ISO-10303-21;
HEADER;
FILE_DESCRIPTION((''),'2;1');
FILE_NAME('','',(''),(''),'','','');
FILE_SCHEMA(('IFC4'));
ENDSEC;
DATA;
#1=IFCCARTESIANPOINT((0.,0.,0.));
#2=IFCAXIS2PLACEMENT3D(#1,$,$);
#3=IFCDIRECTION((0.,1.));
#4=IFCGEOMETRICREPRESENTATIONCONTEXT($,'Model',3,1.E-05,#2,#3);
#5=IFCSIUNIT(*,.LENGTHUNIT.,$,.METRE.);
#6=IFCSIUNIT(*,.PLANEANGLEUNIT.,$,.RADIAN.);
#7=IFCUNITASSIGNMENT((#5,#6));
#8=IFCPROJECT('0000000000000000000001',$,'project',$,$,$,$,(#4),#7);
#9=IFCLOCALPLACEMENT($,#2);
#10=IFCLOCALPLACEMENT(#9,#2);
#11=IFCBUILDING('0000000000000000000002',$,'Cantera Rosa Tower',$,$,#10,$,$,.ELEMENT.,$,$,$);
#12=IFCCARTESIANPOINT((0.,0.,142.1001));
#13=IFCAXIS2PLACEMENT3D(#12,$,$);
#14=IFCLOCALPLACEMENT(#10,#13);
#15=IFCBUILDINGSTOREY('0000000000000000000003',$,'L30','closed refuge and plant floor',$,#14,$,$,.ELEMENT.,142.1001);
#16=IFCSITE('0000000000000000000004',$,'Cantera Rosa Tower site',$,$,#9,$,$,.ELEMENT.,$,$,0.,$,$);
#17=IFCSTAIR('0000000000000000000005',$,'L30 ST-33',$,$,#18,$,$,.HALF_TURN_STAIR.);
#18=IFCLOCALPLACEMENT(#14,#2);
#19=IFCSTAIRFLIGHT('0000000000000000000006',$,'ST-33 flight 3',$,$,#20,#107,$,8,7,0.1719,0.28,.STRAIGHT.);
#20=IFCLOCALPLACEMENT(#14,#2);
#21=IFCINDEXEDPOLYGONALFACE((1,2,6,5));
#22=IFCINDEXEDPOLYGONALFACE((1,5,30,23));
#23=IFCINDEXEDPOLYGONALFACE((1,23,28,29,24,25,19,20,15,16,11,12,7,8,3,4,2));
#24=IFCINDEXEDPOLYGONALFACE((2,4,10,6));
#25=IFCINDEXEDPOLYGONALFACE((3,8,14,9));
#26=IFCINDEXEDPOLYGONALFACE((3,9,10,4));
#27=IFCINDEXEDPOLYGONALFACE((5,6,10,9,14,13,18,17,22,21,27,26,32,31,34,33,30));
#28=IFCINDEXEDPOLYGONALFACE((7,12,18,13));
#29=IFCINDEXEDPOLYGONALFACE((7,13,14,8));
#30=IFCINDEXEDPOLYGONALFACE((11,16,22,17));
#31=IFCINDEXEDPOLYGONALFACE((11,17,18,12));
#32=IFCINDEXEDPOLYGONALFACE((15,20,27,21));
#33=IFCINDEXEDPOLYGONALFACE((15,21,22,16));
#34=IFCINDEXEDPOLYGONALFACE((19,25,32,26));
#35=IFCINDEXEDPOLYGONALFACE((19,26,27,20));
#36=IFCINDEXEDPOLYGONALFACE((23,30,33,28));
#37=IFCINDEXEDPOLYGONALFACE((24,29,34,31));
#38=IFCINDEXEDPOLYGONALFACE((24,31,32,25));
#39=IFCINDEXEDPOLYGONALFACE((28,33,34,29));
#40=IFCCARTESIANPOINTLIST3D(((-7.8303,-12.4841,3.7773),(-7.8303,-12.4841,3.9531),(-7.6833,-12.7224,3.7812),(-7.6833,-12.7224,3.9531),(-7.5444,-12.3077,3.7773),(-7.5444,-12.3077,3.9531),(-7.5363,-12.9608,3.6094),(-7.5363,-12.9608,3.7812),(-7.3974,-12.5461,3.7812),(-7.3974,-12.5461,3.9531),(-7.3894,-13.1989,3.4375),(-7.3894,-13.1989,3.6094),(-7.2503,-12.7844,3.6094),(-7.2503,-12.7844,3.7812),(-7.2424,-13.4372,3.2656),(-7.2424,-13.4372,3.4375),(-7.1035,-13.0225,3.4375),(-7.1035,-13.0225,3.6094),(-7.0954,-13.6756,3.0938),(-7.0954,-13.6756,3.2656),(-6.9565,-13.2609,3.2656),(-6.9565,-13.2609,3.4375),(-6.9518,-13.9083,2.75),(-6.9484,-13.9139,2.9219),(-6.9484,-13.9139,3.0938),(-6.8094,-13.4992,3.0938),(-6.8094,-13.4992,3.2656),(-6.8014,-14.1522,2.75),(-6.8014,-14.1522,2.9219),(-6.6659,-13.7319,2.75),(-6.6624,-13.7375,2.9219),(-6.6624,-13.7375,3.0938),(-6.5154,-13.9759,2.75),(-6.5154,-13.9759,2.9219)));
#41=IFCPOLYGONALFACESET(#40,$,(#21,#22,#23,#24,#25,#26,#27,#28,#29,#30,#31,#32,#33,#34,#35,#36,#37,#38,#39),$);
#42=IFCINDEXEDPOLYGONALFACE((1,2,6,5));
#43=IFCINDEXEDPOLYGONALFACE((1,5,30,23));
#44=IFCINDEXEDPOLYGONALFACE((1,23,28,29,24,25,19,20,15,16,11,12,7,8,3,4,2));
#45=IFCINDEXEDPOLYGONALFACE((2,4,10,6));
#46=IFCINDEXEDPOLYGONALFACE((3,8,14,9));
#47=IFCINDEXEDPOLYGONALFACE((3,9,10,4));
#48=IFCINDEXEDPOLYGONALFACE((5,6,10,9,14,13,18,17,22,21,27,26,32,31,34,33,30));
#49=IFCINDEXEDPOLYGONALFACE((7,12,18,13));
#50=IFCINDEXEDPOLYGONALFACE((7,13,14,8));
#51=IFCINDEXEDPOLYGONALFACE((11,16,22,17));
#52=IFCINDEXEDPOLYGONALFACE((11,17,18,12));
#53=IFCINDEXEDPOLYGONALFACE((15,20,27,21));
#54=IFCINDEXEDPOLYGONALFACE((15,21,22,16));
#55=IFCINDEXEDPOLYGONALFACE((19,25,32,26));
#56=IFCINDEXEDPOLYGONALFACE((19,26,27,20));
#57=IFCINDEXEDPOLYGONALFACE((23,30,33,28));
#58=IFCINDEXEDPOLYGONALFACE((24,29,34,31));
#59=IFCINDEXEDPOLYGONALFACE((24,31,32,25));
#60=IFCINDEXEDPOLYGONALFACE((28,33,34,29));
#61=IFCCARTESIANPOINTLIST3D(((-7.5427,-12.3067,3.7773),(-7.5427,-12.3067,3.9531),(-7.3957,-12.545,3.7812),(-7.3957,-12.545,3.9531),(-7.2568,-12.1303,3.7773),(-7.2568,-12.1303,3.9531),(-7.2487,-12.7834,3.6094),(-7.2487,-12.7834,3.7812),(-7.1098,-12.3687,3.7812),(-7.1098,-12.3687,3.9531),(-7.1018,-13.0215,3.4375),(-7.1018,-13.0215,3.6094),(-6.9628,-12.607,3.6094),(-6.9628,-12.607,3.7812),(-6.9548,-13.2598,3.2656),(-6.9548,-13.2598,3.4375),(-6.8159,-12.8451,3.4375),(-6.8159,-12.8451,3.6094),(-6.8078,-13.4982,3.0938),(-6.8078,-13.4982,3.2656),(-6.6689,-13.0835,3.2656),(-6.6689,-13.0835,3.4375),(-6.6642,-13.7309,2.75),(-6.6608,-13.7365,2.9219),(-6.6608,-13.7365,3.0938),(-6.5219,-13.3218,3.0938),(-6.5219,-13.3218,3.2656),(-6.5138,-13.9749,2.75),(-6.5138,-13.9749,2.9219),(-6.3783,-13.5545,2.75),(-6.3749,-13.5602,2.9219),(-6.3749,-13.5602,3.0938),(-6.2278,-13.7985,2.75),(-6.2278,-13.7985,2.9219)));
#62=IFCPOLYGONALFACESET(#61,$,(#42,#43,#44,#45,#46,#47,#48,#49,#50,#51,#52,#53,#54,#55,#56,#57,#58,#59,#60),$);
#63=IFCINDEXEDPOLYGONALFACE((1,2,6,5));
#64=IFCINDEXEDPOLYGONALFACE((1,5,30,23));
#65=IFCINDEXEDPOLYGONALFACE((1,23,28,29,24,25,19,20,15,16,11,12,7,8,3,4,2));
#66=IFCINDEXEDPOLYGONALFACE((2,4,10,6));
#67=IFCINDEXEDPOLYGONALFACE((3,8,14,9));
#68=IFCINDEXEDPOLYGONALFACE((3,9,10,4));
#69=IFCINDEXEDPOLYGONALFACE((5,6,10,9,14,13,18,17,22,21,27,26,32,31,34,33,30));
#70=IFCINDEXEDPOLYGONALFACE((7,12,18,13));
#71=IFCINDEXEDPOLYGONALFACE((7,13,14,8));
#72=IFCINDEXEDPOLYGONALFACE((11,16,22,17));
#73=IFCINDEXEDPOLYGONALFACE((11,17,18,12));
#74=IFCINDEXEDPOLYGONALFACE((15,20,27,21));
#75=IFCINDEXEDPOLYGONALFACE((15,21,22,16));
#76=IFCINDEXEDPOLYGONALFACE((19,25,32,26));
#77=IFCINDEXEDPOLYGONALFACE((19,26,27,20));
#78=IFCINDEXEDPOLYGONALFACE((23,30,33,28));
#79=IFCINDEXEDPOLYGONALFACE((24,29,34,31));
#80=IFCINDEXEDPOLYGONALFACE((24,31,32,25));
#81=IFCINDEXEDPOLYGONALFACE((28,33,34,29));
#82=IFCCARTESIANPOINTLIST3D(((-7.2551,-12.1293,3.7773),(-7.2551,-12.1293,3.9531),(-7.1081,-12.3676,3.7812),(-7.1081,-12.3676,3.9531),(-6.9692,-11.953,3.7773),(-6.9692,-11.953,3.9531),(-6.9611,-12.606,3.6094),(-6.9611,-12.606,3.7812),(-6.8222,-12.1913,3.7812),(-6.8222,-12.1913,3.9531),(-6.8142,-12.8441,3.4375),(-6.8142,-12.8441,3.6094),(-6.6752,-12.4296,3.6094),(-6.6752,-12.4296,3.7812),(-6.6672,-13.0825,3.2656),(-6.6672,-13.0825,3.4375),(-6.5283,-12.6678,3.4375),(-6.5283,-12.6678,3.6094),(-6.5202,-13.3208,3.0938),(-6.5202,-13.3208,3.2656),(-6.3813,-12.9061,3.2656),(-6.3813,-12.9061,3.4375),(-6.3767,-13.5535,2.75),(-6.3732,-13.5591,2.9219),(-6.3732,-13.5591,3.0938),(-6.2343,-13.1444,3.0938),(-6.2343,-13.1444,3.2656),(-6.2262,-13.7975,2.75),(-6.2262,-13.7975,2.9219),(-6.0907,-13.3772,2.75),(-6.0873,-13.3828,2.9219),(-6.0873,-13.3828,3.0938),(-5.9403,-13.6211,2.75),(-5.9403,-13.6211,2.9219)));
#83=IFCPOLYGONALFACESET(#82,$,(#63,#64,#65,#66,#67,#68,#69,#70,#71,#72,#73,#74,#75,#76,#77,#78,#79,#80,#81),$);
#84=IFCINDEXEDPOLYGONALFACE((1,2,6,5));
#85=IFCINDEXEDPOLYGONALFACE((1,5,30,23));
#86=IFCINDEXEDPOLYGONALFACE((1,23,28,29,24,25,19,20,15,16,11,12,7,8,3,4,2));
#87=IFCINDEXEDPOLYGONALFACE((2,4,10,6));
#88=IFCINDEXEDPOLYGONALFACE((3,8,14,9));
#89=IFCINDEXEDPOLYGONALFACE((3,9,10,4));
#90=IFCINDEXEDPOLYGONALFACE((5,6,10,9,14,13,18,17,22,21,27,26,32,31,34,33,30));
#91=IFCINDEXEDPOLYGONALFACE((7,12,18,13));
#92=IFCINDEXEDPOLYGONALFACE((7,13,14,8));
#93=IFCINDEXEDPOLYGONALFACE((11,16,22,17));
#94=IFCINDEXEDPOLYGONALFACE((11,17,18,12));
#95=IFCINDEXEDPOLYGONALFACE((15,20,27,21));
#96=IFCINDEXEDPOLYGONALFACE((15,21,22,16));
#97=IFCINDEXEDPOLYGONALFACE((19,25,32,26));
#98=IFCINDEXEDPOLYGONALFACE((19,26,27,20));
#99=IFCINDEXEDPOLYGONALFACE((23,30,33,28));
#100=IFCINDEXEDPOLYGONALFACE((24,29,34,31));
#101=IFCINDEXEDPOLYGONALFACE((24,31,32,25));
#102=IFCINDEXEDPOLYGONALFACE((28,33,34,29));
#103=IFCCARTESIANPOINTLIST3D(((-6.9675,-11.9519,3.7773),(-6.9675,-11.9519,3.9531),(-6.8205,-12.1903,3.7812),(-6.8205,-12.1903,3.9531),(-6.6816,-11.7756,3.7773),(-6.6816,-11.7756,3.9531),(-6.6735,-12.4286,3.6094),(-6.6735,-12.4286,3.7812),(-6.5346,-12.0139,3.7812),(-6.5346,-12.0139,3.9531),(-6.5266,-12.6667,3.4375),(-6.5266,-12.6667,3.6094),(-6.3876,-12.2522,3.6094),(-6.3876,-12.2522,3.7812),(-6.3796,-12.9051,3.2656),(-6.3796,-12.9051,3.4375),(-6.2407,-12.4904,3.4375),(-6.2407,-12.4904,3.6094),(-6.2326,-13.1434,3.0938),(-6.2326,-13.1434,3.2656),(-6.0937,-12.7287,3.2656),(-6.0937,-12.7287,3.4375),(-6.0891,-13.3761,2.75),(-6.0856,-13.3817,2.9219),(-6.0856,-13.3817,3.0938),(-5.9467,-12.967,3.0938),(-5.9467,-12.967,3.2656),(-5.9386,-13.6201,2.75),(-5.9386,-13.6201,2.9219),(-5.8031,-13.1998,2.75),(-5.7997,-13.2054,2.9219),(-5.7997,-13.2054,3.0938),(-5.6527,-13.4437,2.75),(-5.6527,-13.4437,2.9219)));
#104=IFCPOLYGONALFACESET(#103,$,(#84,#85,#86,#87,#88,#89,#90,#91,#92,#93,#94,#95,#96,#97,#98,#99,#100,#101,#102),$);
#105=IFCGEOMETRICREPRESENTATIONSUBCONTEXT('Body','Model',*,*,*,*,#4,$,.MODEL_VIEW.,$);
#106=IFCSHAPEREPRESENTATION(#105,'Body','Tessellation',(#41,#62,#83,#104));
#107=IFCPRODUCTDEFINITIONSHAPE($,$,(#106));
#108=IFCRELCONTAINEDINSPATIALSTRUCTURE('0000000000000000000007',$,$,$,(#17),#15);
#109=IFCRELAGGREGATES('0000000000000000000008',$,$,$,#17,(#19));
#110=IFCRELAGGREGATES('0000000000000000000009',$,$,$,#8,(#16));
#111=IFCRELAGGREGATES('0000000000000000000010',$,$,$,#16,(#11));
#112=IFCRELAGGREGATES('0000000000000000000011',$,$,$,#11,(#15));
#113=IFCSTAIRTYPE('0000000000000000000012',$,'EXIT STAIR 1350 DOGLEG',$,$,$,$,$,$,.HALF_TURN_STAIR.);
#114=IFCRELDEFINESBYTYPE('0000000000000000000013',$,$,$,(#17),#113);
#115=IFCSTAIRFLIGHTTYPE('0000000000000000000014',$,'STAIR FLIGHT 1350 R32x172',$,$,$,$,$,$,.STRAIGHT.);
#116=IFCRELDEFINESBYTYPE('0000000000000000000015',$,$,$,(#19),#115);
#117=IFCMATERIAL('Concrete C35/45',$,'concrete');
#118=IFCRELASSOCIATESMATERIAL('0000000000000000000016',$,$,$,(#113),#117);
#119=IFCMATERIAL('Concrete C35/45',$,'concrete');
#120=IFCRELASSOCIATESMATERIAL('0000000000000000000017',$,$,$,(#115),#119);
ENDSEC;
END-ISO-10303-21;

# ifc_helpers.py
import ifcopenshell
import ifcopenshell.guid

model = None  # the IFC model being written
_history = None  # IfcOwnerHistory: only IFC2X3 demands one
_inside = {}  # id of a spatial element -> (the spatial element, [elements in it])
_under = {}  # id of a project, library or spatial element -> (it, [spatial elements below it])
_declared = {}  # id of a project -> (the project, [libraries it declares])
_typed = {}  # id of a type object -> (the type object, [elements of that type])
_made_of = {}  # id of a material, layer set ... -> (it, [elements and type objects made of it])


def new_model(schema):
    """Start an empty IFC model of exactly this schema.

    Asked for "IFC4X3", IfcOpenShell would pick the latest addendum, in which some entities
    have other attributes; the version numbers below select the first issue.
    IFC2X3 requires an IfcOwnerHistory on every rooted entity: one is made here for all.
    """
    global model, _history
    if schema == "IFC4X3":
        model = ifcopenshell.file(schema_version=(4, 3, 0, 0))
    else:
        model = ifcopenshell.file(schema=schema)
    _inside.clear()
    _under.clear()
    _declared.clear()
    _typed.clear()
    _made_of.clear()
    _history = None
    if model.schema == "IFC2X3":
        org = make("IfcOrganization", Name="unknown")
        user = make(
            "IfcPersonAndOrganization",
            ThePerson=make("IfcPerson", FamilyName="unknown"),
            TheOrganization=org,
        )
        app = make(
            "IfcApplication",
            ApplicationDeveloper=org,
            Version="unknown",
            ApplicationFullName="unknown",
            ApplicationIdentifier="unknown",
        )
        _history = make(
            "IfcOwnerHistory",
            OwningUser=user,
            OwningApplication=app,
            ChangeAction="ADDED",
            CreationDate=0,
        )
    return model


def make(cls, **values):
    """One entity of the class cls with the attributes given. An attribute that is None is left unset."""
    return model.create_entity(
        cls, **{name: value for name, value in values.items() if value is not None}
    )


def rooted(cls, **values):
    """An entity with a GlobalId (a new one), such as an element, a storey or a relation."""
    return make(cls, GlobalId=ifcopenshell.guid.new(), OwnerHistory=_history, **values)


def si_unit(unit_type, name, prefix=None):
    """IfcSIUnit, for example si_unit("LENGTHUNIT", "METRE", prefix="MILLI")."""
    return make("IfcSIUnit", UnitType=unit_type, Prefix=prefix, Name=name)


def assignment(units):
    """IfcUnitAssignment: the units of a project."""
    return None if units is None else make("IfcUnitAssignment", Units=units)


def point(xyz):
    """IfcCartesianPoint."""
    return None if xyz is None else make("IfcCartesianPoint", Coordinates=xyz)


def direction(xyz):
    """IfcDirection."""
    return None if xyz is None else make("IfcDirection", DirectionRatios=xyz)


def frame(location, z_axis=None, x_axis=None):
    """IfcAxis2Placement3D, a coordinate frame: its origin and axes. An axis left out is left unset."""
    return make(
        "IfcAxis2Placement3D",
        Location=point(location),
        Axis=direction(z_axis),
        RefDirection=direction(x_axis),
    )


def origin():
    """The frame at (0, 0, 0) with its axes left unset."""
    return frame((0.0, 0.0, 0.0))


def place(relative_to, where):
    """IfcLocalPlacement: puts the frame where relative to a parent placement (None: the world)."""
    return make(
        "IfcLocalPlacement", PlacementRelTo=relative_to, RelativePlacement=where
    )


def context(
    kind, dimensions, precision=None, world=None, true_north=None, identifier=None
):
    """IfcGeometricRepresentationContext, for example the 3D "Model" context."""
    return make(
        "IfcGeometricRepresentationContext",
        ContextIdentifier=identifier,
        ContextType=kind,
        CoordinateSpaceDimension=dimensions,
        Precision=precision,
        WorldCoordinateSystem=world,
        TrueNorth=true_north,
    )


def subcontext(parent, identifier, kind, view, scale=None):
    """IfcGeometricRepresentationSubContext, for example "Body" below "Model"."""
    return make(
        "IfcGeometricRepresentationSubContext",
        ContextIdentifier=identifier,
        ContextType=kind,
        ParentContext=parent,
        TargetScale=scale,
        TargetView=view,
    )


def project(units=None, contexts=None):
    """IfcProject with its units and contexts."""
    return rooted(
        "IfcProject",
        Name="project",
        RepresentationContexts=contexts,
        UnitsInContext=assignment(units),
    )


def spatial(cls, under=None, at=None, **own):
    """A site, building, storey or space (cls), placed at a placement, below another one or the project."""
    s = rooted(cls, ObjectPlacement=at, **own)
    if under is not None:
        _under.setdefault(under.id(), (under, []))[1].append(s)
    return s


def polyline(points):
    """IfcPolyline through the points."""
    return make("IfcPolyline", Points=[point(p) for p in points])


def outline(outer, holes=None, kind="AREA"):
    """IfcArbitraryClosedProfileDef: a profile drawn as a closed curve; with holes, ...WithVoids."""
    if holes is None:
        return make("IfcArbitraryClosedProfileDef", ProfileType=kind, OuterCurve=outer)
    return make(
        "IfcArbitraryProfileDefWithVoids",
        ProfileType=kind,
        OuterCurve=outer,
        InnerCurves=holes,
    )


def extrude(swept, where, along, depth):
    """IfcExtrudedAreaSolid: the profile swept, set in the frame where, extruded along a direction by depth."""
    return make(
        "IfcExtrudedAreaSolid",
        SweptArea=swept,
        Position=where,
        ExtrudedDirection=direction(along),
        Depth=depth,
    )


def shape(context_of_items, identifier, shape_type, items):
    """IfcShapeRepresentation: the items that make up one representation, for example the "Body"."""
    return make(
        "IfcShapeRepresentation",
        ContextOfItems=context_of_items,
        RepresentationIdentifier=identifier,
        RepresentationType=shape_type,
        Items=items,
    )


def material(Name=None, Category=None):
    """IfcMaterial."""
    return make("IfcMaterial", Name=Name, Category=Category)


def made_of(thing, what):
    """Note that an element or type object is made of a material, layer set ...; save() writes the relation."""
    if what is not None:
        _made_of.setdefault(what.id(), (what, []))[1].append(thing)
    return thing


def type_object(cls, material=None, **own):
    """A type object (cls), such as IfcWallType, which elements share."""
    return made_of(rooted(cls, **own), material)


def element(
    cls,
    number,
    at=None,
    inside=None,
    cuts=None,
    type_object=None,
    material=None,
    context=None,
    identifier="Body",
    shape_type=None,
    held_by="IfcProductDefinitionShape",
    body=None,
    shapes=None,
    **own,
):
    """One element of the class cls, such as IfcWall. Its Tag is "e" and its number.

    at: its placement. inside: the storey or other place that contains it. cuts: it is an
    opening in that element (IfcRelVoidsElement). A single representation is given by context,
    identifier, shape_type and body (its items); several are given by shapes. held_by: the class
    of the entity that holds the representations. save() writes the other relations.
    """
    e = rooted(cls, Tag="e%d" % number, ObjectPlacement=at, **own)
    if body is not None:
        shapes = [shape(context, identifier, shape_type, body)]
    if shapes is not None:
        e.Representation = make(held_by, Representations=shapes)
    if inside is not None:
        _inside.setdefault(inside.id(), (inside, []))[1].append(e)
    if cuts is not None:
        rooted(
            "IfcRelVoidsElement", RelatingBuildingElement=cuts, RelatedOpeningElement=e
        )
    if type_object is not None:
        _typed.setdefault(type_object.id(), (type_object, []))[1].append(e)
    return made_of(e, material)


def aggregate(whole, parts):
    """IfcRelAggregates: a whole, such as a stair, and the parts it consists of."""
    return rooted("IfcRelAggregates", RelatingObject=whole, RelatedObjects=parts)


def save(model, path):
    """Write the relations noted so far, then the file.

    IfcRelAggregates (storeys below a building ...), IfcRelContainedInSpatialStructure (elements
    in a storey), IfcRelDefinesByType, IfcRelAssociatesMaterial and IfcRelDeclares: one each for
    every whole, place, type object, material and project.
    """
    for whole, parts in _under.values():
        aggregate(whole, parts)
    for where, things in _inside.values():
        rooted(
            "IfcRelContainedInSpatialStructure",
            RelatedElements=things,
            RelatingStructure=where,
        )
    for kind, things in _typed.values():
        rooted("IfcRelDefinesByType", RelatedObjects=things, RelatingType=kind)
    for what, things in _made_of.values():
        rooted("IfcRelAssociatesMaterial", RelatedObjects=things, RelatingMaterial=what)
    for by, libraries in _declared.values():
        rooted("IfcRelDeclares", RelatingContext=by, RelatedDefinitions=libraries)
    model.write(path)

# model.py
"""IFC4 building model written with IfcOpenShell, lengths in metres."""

from ifc_helpers import new_model, si_unit, direction, frame, origin, place, context, subcontext, project, spatial, polyline, outline, extrude, material, type_object, element, aggregate, save


model = new_model("IFC4")

# Units and contexts
model_context = context("Model", 3, precision=1e-05, world=origin(), true_north=direction((0.0, 1.0)))
body_context = subcontext(model_context, "Body", "Model", "MODEL_VIEW")
ifc_project = project(units=[si_unit("LENGTHUNIT", "METRE"), si_unit("PLANEANGLEUNIT", "RADIAN")], contexts=[model_context])

# Site, building, storey
site_placement = place(None, origin())
site = spatial("IfcSite", under=ifc_project, at=site_placement, Name="Cantera Rosa Tower site", CompositionType="ELEMENT", RefElevation=0.0)
building_placement = place(site_placement, origin())
building = spatial("IfcBuilding", under=site, at=building_placement, Name="Cantera Rosa Tower", CompositionType="ELEMENT")
storey_placement = place(building_placement, frame((0.0, 0.0, 142.1001)))
storey = spatial("IfcBuildingStorey", under=building, at=storey_placement, Name="L30", Description="closed refuge and plant floor", CompositionType="ELEMENT", Elevation=142.1001)

# Stair, stair flight
ifc_material_1 = material(Name="Concrete C35/45", Category="concrete")
stair_type = type_object("IfcStairType", Name="EXIT STAIR 1350 DOGLEG", PredefinedType="HALF_TURN_STAIR", material=ifc_material_1)
stair_placement = place(storey_placement, origin())
stair = element("IfcStair", 1, at=stair_placement, inside=storey, type_object=stair_type, Name="L30 ST-33", PredefinedType="HALF_TURN_STAIR")
ifc_material_2 = material(Name="Concrete C35/45", Category="concrete")
stair_flight_type = type_object("IfcStairFlightType", Name="STAIR FLIGHT 1350 R32x172", PredefinedType="STRAIGHT", material=ifc_material_2)
stair_flight_1_placement = place(storey_placement, frame((-6.2268, -13.7979, 2.75), z_axis=(0.0, 0.0, 1.0), x_axis=(-0.524977, 0.851117, 0.0)))
stair_flight_1 = element("IfcStairFlight", 2, at=stair_flight_1_placement, type_object=stair_flight_type, Name="ST-33 flight 3", NumberOfRisers=8, NumberOfTreads=7, PredefinedType="STRAIGHT", RiserHeight=0.1719, TreadLength=0.28, context=body_context, shape_type="SweptSolid", body=[
    extrude(outline(polyline([(0.0, 0.0), (0.0, 0.1719), (0.28, 0.1719), (0.28, 0.3438), (0.5601, 0.3438), (0.5601, 0.5156), (0.8401, 0.5156), (0.8401, 0.6875), (1.1201, 0.6875), (1.1201, 0.8594), (1.3999, 0.8594), (1.3999, 1.0312), (1.6799, 1.0312), (1.6799, 1.2031), (1.96, 1.2031), (1.96, 1.375), (1.96, 1.0273), (0.2866, 0.0), (0.0, 0.0)])), frame((0.0, 0.675, 0.0), z_axis=(0.0, -1.0, 0.0), x_axis=(1.0, 0.0, 0.0)), (0.0, 0.0, 1.0), 0.3359),
    extrude(outline(polyline([(0.0, 0.0), (0.0, 0.1719), (0.28, 0.1719), (0.28, 0.3438), (0.5601, 0.3438), (0.5601, 0.5156), (0.8401, 0.5156), (0.8401, 0.6875), (1.1201, 0.6875), (1.1201, 0.8594), (1.3999, 0.8594), (1.3999, 1.0312), (1.6799, 1.0312), (1.6799, 1.2031), (1.96, 1.2031), (1.96, 1.375), (1.96, 1.0273), (0.2866, 0.0), (0.0, 0.0)])), frame((0.0, 0.3372, 0.0), z_axis=(0.0, -1.0, 0.0), x_axis=(1.0, 0.0, 0.0)), (0.0, 0.0, 1.0), 0.3359),
    extrude(outline(polyline([(0.0, 0.0), (0.0, 0.1719), (0.28, 0.1719), (0.28, 0.3438), (0.5601, 0.3438), (0.5601, 0.5156), (0.8401, 0.5156), (0.8401, 0.6875), (1.1201, 0.6875), (1.1201, 0.8594), (1.3999, 0.8594), (1.3999, 1.0312), (1.6799, 1.0312), (1.6799, 1.2031), (1.96, 1.2031), (1.96, 1.375), (1.96, 1.0273), (0.2866, 0.0), (0.0, 0.0)])), frame((0.0, -0.0007, 0.0), z_axis=(0.0, -1.0, 0.0), x_axis=(1.0, 0.0, 0.0)), (0.0, 0.0, 1.0), 0.3359),
    extrude(outline(polyline([(0.0, 0.0), (0.0, 0.1719), (0.28, 0.1719), (0.28, 0.3438), (0.5601, 0.3438), (0.5601, 0.5156), (0.8401, 0.5156), (0.8401, 0.6875), (1.1201, 0.6875), (1.1201, 0.8594), (1.3999, 0.8594), (1.3999, 1.0312), (1.6799, 1.0312), (1.6799, 1.2031), (1.96, 1.2031), (1.96, 1.375), (1.96, 1.0273), (0.2866, 0.0), (0.0, 0.0)])), frame((0.0, -0.3386, 0.0), z_axis=(0.0, -1.0, 0.0), x_axis=(1.0, 0.0, 0.0)), (0.0, 0.0, 1.0), 0.3359),
])
aggregate(stair, [stair_flight_1])

save(model, "model.ifc")
